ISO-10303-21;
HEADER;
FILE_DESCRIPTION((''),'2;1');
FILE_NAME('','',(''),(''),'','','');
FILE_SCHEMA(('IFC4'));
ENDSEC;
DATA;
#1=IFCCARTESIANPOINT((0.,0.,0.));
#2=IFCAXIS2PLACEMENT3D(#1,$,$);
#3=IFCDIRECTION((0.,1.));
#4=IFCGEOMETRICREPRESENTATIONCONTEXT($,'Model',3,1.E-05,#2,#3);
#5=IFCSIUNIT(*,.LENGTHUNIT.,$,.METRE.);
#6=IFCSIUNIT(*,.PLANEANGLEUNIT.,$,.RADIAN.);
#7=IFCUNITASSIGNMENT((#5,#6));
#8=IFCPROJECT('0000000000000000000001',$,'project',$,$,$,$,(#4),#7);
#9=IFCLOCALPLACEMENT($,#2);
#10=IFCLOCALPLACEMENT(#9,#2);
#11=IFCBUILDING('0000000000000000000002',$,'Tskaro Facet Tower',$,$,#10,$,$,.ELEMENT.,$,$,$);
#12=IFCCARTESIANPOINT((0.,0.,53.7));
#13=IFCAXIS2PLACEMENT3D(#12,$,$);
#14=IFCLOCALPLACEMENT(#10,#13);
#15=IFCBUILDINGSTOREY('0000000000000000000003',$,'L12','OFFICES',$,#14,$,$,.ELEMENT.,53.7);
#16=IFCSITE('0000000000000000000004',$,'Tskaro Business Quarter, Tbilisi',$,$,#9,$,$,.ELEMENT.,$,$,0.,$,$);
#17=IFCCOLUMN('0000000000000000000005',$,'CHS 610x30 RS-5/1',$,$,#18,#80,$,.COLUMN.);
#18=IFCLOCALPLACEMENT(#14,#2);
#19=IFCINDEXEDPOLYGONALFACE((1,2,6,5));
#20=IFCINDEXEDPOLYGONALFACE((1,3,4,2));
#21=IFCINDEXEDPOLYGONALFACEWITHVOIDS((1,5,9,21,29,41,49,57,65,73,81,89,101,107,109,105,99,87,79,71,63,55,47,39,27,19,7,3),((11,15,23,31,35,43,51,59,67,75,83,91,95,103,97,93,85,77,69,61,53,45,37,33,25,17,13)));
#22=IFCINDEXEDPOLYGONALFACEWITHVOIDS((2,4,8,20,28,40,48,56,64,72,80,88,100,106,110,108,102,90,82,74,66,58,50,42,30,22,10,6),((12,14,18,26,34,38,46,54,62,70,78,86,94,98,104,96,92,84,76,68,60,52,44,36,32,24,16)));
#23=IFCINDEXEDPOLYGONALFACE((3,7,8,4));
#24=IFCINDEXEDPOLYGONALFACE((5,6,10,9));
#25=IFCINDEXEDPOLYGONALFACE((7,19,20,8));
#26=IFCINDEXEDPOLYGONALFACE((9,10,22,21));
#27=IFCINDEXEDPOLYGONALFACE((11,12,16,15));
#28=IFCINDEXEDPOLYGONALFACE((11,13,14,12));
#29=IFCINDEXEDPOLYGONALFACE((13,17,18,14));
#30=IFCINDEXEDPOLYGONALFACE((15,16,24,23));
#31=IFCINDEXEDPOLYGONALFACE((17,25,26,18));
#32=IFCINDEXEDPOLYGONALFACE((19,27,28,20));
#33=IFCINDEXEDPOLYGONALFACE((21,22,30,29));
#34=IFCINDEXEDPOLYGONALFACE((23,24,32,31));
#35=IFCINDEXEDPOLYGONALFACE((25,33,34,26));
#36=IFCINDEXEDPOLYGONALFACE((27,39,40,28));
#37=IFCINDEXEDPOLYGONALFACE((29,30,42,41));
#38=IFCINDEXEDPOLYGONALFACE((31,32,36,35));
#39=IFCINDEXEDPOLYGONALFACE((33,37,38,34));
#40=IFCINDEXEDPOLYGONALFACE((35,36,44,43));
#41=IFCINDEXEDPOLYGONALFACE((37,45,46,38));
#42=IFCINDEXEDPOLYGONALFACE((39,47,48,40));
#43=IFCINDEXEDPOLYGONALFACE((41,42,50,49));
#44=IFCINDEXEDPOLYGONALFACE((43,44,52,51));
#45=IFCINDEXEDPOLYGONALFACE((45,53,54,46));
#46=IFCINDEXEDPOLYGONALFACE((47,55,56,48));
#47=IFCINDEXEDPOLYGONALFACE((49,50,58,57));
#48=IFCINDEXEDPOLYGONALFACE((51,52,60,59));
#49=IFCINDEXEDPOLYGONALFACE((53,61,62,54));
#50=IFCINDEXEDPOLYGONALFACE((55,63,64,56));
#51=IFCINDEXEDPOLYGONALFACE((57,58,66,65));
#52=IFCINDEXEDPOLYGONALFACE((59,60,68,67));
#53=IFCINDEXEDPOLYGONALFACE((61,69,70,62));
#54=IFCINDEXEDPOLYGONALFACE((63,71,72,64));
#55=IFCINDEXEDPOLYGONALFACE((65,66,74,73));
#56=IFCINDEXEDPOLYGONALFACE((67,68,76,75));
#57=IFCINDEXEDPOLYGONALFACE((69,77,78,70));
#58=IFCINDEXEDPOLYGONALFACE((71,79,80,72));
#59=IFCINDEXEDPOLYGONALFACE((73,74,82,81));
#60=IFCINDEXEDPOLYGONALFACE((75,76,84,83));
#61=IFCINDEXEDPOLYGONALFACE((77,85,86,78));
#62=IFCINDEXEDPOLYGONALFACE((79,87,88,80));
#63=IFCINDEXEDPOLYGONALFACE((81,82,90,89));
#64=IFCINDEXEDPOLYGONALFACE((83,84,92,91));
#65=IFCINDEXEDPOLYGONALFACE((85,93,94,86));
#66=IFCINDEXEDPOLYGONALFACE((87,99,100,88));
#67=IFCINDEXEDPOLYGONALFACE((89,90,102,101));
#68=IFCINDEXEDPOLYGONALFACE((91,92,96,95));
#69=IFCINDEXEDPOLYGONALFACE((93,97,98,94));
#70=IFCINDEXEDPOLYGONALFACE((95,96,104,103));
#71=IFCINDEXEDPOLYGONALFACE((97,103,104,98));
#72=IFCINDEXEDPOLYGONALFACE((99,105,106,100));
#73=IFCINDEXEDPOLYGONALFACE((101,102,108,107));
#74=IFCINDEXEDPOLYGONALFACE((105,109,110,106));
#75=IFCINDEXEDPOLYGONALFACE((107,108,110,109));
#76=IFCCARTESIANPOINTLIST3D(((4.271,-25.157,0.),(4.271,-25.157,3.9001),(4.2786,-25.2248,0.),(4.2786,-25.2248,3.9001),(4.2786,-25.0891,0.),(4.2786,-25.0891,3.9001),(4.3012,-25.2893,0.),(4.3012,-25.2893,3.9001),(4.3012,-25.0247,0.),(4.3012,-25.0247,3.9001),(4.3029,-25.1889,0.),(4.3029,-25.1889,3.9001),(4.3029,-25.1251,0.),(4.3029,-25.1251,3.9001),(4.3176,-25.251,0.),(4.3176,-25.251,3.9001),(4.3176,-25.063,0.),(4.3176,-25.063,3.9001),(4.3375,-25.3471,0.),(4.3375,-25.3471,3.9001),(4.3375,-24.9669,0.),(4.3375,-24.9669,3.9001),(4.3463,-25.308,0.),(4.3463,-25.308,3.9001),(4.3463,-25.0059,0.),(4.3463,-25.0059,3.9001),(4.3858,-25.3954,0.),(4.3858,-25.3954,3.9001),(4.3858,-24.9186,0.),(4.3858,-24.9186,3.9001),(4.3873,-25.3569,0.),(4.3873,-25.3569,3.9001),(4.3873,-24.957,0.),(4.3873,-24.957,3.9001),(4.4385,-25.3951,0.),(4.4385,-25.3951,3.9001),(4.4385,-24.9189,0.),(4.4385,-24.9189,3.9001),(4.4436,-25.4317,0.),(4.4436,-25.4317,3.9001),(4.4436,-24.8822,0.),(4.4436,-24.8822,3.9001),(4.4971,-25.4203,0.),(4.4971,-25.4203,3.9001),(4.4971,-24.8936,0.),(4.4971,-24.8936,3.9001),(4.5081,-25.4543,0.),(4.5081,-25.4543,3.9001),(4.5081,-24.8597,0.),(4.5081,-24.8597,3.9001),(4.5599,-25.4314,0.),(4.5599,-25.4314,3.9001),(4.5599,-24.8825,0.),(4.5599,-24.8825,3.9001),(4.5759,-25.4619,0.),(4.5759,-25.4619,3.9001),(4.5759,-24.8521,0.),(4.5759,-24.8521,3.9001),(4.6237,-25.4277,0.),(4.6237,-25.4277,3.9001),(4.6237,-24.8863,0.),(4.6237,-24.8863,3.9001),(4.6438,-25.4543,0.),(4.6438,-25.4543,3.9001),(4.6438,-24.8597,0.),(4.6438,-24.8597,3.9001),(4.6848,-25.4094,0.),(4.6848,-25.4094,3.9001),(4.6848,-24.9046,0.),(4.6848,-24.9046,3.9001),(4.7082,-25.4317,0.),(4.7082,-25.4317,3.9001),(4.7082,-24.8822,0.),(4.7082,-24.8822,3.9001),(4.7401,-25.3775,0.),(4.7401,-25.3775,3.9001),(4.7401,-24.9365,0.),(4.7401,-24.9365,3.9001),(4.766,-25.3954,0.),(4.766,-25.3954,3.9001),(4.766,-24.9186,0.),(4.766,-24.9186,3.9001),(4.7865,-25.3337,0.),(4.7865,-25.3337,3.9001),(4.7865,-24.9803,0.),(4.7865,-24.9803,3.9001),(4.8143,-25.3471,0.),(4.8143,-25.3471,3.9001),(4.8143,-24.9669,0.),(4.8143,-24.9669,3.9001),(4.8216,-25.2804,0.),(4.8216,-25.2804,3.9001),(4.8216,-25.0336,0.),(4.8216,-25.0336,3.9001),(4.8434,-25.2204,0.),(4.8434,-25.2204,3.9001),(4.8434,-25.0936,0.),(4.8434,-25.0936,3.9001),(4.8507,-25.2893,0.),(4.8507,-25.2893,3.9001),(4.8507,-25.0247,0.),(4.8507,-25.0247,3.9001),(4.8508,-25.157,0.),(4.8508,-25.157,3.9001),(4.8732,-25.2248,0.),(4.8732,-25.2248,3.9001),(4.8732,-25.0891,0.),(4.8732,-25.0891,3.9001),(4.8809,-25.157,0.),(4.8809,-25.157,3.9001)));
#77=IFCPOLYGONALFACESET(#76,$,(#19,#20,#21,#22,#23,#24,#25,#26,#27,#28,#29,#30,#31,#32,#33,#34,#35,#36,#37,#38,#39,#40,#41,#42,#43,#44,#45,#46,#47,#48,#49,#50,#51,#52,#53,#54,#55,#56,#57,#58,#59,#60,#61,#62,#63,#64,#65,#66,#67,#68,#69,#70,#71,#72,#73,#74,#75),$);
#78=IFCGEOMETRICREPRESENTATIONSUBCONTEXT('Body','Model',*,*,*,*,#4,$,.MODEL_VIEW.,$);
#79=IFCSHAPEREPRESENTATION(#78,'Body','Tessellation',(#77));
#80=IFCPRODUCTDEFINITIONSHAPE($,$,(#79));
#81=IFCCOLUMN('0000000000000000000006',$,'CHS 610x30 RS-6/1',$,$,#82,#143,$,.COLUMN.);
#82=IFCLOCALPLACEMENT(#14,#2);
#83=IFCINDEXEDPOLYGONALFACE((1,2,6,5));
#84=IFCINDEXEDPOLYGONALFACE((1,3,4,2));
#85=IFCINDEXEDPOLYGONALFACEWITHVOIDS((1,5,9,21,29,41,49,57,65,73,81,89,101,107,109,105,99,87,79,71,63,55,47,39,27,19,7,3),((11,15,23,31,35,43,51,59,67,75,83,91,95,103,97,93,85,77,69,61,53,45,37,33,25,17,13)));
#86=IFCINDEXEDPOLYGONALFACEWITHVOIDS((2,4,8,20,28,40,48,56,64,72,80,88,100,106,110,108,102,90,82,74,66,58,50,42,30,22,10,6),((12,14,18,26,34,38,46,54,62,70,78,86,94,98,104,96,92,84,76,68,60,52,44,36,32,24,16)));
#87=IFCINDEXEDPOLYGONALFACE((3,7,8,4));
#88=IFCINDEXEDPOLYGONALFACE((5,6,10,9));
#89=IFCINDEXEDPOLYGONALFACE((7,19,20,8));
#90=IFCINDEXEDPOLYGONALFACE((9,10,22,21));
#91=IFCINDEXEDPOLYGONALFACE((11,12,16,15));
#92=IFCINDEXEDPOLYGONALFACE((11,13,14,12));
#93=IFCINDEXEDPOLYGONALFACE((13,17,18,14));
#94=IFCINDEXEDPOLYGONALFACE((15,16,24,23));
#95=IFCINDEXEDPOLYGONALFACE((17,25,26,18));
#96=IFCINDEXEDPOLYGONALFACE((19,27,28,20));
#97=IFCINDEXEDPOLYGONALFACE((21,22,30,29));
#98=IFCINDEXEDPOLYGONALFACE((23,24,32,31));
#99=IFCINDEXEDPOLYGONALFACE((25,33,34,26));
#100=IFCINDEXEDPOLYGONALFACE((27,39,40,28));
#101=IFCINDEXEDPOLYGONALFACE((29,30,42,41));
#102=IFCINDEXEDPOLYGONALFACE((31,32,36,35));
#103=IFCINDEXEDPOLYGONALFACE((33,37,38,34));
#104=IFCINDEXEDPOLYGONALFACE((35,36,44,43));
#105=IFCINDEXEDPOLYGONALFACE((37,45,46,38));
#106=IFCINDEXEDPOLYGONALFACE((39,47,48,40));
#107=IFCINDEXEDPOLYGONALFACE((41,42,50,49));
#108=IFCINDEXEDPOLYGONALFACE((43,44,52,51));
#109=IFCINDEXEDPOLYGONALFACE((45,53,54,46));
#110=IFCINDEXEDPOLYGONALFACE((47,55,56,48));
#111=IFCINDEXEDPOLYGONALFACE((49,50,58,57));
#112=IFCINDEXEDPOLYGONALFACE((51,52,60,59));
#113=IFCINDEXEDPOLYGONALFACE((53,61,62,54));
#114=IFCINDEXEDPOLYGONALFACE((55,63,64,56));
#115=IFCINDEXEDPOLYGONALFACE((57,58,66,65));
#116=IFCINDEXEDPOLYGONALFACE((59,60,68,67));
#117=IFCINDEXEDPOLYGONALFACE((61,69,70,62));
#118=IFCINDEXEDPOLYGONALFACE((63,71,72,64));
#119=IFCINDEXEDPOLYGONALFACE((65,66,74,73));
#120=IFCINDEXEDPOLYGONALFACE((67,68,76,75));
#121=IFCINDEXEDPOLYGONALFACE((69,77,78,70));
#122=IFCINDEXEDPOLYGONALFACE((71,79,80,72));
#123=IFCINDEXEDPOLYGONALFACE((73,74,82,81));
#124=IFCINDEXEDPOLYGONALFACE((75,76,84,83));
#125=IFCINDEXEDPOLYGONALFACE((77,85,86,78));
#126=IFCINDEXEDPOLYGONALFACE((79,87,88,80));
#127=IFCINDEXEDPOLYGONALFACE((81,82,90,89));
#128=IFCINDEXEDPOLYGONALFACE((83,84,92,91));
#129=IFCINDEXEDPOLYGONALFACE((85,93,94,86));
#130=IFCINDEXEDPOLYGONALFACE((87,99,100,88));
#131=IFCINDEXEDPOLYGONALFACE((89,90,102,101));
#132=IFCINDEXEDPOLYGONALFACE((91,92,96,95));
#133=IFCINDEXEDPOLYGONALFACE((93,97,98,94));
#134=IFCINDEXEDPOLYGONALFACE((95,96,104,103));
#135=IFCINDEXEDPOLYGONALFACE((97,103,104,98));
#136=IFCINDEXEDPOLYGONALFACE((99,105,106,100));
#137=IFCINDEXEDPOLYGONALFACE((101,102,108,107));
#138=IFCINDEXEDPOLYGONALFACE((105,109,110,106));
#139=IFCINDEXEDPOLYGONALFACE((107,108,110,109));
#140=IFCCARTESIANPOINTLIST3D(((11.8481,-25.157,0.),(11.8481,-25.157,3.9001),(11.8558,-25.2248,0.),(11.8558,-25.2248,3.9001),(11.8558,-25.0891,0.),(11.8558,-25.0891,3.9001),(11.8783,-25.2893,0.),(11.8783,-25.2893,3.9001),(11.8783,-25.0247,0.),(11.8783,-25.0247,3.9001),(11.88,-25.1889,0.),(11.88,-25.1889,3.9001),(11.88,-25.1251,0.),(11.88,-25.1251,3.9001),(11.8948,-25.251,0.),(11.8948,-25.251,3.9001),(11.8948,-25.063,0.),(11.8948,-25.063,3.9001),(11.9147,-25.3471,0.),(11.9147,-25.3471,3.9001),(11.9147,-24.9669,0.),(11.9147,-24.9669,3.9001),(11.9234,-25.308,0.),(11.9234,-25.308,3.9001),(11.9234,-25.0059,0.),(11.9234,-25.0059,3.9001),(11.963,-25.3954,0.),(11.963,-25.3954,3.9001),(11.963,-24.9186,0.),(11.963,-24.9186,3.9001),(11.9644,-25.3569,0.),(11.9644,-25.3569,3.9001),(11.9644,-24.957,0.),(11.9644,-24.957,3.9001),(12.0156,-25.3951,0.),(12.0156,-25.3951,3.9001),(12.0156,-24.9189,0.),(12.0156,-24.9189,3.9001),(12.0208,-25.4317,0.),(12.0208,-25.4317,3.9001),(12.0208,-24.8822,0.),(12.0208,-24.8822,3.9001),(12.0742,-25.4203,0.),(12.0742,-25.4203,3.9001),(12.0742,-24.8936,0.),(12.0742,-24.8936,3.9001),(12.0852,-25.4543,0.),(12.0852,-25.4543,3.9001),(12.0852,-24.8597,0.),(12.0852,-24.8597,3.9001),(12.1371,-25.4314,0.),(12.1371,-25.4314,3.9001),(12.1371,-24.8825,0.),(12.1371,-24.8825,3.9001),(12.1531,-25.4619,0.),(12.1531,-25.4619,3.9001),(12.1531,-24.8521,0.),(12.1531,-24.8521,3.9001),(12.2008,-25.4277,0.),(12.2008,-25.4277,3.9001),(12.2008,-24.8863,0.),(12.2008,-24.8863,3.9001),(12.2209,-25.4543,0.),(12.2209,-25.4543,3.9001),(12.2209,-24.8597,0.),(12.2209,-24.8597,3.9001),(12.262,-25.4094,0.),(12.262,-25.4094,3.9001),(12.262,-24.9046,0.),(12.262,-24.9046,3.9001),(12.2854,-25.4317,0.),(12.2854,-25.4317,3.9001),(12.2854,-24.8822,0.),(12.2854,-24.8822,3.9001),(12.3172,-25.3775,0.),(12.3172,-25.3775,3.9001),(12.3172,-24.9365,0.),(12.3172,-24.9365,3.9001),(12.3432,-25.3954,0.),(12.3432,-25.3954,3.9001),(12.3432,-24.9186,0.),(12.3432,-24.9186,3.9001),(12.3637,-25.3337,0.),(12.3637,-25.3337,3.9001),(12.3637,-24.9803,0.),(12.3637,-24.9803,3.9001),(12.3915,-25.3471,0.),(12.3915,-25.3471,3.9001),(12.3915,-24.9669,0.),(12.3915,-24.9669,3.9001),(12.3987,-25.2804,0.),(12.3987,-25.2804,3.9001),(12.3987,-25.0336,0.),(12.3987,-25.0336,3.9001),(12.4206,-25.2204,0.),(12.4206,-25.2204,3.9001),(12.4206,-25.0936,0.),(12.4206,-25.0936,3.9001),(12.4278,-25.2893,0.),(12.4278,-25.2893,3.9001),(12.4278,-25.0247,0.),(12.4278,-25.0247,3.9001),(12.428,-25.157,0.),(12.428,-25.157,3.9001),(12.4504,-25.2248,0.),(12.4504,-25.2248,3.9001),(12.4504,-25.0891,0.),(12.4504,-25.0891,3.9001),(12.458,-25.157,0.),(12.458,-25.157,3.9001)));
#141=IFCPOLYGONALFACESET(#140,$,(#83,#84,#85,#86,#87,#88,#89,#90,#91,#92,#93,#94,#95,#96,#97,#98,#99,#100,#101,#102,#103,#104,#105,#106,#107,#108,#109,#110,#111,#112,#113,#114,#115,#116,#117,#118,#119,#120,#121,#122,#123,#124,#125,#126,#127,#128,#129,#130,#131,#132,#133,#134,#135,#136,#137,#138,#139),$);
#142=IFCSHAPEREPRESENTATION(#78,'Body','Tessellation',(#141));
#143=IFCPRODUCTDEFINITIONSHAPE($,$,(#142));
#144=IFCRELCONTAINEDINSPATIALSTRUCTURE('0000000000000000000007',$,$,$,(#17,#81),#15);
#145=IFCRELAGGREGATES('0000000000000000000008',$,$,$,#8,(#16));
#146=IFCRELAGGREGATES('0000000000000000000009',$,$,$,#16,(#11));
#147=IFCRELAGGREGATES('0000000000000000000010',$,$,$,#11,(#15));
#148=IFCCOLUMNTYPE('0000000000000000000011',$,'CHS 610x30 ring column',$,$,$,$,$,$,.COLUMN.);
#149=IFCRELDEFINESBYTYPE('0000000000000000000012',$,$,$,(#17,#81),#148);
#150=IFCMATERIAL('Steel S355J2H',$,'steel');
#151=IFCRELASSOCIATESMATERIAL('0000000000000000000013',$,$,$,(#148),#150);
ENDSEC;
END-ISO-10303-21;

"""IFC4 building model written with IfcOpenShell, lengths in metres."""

from ifc_helpers import new_model, si_unit, direction, frame, origin, origin_2d, place, context, subcontext, project, spatial, hollow_circle, extrude, material, material_profile, profile_set, type_object, element, save


model = new_model("IFC4")

# Units and contexts
model_context = context("Model", 3, precision=1e-05, world=origin(), true_north=direction((0.0, 1.0)))
body_context = subcontext(model_context, "Body", "Model", "MODEL_VIEW")
ifc_project = project(units=[si_unit("LENGTHUNIT", "METRE"), si_unit("PLANEANGLEUNIT", "RADIAN")], contexts=[model_context])

# Site, building, storey
site_placement = place(None, origin())
site = spatial("IfcSite", under=ifc_project, at=site_placement, Name="Tskaro Business Quarter, Tbilisi", CompositionType="ELEMENT", RefElevation=0.0)
building_placement = place(site_placement, origin())
building = spatial("IfcBuilding", under=site, at=building_placement, Name="Tskaro Facet Tower", CompositionType="ELEMENT")
storey_placement = place(building_placement, frame((0.0, 0.0, 53.7)))
storey = spatial("IfcBuildingStorey", under=building, at=storey_placement, Name="L12", Description="OFFICES", CompositionType="ELEMENT", Elevation=53.7)

# Columns
ifc_material_1 = material(Name="Steel S355J2H", Category="steel")
ifc_material_profile_1 = material_profile(ifc_material_1, hollow_circle(Radius=0.3049, WallThickness=0.03, at=origin_2d()), Name="CHS 610x30")
ifc_profile_set_1 = profile_set([ifc_material_profile_1], Name="Steel S355J2H")
column_type_1 = type_object("IfcColumnType", Name="CHS 610x30 ring column", PredefinedType="COLUMN", material=ifc_profile_set_1)
for number, where, z_axis, x_axis, name in (
    (1, (4.5759, -25.157, 0.0), (0.0, 0.0, 1.0), (1.0, 0.0, 0.0), "CHS 610x30 RS-5/1"),
    (2, (12.1531, -25.157, 0.0), (0.0, 0.0, 1.0), (1.0, 0.0, 0.0), "CHS 610x30 RS-6/1"),
):
    element("IfcColumn", number, at=place(storey_placement, frame(where, z_axis=z_axis, x_axis=x_axis)), inside=storey, type_object=column_type_1, Name=name, PredefinedType="COLUMN", context=body_context, shape_type="SweptSolid", body=[
        extrude(hollow_circle(Radius=0.3049, WallThickness=0.03, at=origin_2d()), origin(), (0.0, 0.0, 1.0), 3.9001),
    ])

save(model, "model.ifc")
